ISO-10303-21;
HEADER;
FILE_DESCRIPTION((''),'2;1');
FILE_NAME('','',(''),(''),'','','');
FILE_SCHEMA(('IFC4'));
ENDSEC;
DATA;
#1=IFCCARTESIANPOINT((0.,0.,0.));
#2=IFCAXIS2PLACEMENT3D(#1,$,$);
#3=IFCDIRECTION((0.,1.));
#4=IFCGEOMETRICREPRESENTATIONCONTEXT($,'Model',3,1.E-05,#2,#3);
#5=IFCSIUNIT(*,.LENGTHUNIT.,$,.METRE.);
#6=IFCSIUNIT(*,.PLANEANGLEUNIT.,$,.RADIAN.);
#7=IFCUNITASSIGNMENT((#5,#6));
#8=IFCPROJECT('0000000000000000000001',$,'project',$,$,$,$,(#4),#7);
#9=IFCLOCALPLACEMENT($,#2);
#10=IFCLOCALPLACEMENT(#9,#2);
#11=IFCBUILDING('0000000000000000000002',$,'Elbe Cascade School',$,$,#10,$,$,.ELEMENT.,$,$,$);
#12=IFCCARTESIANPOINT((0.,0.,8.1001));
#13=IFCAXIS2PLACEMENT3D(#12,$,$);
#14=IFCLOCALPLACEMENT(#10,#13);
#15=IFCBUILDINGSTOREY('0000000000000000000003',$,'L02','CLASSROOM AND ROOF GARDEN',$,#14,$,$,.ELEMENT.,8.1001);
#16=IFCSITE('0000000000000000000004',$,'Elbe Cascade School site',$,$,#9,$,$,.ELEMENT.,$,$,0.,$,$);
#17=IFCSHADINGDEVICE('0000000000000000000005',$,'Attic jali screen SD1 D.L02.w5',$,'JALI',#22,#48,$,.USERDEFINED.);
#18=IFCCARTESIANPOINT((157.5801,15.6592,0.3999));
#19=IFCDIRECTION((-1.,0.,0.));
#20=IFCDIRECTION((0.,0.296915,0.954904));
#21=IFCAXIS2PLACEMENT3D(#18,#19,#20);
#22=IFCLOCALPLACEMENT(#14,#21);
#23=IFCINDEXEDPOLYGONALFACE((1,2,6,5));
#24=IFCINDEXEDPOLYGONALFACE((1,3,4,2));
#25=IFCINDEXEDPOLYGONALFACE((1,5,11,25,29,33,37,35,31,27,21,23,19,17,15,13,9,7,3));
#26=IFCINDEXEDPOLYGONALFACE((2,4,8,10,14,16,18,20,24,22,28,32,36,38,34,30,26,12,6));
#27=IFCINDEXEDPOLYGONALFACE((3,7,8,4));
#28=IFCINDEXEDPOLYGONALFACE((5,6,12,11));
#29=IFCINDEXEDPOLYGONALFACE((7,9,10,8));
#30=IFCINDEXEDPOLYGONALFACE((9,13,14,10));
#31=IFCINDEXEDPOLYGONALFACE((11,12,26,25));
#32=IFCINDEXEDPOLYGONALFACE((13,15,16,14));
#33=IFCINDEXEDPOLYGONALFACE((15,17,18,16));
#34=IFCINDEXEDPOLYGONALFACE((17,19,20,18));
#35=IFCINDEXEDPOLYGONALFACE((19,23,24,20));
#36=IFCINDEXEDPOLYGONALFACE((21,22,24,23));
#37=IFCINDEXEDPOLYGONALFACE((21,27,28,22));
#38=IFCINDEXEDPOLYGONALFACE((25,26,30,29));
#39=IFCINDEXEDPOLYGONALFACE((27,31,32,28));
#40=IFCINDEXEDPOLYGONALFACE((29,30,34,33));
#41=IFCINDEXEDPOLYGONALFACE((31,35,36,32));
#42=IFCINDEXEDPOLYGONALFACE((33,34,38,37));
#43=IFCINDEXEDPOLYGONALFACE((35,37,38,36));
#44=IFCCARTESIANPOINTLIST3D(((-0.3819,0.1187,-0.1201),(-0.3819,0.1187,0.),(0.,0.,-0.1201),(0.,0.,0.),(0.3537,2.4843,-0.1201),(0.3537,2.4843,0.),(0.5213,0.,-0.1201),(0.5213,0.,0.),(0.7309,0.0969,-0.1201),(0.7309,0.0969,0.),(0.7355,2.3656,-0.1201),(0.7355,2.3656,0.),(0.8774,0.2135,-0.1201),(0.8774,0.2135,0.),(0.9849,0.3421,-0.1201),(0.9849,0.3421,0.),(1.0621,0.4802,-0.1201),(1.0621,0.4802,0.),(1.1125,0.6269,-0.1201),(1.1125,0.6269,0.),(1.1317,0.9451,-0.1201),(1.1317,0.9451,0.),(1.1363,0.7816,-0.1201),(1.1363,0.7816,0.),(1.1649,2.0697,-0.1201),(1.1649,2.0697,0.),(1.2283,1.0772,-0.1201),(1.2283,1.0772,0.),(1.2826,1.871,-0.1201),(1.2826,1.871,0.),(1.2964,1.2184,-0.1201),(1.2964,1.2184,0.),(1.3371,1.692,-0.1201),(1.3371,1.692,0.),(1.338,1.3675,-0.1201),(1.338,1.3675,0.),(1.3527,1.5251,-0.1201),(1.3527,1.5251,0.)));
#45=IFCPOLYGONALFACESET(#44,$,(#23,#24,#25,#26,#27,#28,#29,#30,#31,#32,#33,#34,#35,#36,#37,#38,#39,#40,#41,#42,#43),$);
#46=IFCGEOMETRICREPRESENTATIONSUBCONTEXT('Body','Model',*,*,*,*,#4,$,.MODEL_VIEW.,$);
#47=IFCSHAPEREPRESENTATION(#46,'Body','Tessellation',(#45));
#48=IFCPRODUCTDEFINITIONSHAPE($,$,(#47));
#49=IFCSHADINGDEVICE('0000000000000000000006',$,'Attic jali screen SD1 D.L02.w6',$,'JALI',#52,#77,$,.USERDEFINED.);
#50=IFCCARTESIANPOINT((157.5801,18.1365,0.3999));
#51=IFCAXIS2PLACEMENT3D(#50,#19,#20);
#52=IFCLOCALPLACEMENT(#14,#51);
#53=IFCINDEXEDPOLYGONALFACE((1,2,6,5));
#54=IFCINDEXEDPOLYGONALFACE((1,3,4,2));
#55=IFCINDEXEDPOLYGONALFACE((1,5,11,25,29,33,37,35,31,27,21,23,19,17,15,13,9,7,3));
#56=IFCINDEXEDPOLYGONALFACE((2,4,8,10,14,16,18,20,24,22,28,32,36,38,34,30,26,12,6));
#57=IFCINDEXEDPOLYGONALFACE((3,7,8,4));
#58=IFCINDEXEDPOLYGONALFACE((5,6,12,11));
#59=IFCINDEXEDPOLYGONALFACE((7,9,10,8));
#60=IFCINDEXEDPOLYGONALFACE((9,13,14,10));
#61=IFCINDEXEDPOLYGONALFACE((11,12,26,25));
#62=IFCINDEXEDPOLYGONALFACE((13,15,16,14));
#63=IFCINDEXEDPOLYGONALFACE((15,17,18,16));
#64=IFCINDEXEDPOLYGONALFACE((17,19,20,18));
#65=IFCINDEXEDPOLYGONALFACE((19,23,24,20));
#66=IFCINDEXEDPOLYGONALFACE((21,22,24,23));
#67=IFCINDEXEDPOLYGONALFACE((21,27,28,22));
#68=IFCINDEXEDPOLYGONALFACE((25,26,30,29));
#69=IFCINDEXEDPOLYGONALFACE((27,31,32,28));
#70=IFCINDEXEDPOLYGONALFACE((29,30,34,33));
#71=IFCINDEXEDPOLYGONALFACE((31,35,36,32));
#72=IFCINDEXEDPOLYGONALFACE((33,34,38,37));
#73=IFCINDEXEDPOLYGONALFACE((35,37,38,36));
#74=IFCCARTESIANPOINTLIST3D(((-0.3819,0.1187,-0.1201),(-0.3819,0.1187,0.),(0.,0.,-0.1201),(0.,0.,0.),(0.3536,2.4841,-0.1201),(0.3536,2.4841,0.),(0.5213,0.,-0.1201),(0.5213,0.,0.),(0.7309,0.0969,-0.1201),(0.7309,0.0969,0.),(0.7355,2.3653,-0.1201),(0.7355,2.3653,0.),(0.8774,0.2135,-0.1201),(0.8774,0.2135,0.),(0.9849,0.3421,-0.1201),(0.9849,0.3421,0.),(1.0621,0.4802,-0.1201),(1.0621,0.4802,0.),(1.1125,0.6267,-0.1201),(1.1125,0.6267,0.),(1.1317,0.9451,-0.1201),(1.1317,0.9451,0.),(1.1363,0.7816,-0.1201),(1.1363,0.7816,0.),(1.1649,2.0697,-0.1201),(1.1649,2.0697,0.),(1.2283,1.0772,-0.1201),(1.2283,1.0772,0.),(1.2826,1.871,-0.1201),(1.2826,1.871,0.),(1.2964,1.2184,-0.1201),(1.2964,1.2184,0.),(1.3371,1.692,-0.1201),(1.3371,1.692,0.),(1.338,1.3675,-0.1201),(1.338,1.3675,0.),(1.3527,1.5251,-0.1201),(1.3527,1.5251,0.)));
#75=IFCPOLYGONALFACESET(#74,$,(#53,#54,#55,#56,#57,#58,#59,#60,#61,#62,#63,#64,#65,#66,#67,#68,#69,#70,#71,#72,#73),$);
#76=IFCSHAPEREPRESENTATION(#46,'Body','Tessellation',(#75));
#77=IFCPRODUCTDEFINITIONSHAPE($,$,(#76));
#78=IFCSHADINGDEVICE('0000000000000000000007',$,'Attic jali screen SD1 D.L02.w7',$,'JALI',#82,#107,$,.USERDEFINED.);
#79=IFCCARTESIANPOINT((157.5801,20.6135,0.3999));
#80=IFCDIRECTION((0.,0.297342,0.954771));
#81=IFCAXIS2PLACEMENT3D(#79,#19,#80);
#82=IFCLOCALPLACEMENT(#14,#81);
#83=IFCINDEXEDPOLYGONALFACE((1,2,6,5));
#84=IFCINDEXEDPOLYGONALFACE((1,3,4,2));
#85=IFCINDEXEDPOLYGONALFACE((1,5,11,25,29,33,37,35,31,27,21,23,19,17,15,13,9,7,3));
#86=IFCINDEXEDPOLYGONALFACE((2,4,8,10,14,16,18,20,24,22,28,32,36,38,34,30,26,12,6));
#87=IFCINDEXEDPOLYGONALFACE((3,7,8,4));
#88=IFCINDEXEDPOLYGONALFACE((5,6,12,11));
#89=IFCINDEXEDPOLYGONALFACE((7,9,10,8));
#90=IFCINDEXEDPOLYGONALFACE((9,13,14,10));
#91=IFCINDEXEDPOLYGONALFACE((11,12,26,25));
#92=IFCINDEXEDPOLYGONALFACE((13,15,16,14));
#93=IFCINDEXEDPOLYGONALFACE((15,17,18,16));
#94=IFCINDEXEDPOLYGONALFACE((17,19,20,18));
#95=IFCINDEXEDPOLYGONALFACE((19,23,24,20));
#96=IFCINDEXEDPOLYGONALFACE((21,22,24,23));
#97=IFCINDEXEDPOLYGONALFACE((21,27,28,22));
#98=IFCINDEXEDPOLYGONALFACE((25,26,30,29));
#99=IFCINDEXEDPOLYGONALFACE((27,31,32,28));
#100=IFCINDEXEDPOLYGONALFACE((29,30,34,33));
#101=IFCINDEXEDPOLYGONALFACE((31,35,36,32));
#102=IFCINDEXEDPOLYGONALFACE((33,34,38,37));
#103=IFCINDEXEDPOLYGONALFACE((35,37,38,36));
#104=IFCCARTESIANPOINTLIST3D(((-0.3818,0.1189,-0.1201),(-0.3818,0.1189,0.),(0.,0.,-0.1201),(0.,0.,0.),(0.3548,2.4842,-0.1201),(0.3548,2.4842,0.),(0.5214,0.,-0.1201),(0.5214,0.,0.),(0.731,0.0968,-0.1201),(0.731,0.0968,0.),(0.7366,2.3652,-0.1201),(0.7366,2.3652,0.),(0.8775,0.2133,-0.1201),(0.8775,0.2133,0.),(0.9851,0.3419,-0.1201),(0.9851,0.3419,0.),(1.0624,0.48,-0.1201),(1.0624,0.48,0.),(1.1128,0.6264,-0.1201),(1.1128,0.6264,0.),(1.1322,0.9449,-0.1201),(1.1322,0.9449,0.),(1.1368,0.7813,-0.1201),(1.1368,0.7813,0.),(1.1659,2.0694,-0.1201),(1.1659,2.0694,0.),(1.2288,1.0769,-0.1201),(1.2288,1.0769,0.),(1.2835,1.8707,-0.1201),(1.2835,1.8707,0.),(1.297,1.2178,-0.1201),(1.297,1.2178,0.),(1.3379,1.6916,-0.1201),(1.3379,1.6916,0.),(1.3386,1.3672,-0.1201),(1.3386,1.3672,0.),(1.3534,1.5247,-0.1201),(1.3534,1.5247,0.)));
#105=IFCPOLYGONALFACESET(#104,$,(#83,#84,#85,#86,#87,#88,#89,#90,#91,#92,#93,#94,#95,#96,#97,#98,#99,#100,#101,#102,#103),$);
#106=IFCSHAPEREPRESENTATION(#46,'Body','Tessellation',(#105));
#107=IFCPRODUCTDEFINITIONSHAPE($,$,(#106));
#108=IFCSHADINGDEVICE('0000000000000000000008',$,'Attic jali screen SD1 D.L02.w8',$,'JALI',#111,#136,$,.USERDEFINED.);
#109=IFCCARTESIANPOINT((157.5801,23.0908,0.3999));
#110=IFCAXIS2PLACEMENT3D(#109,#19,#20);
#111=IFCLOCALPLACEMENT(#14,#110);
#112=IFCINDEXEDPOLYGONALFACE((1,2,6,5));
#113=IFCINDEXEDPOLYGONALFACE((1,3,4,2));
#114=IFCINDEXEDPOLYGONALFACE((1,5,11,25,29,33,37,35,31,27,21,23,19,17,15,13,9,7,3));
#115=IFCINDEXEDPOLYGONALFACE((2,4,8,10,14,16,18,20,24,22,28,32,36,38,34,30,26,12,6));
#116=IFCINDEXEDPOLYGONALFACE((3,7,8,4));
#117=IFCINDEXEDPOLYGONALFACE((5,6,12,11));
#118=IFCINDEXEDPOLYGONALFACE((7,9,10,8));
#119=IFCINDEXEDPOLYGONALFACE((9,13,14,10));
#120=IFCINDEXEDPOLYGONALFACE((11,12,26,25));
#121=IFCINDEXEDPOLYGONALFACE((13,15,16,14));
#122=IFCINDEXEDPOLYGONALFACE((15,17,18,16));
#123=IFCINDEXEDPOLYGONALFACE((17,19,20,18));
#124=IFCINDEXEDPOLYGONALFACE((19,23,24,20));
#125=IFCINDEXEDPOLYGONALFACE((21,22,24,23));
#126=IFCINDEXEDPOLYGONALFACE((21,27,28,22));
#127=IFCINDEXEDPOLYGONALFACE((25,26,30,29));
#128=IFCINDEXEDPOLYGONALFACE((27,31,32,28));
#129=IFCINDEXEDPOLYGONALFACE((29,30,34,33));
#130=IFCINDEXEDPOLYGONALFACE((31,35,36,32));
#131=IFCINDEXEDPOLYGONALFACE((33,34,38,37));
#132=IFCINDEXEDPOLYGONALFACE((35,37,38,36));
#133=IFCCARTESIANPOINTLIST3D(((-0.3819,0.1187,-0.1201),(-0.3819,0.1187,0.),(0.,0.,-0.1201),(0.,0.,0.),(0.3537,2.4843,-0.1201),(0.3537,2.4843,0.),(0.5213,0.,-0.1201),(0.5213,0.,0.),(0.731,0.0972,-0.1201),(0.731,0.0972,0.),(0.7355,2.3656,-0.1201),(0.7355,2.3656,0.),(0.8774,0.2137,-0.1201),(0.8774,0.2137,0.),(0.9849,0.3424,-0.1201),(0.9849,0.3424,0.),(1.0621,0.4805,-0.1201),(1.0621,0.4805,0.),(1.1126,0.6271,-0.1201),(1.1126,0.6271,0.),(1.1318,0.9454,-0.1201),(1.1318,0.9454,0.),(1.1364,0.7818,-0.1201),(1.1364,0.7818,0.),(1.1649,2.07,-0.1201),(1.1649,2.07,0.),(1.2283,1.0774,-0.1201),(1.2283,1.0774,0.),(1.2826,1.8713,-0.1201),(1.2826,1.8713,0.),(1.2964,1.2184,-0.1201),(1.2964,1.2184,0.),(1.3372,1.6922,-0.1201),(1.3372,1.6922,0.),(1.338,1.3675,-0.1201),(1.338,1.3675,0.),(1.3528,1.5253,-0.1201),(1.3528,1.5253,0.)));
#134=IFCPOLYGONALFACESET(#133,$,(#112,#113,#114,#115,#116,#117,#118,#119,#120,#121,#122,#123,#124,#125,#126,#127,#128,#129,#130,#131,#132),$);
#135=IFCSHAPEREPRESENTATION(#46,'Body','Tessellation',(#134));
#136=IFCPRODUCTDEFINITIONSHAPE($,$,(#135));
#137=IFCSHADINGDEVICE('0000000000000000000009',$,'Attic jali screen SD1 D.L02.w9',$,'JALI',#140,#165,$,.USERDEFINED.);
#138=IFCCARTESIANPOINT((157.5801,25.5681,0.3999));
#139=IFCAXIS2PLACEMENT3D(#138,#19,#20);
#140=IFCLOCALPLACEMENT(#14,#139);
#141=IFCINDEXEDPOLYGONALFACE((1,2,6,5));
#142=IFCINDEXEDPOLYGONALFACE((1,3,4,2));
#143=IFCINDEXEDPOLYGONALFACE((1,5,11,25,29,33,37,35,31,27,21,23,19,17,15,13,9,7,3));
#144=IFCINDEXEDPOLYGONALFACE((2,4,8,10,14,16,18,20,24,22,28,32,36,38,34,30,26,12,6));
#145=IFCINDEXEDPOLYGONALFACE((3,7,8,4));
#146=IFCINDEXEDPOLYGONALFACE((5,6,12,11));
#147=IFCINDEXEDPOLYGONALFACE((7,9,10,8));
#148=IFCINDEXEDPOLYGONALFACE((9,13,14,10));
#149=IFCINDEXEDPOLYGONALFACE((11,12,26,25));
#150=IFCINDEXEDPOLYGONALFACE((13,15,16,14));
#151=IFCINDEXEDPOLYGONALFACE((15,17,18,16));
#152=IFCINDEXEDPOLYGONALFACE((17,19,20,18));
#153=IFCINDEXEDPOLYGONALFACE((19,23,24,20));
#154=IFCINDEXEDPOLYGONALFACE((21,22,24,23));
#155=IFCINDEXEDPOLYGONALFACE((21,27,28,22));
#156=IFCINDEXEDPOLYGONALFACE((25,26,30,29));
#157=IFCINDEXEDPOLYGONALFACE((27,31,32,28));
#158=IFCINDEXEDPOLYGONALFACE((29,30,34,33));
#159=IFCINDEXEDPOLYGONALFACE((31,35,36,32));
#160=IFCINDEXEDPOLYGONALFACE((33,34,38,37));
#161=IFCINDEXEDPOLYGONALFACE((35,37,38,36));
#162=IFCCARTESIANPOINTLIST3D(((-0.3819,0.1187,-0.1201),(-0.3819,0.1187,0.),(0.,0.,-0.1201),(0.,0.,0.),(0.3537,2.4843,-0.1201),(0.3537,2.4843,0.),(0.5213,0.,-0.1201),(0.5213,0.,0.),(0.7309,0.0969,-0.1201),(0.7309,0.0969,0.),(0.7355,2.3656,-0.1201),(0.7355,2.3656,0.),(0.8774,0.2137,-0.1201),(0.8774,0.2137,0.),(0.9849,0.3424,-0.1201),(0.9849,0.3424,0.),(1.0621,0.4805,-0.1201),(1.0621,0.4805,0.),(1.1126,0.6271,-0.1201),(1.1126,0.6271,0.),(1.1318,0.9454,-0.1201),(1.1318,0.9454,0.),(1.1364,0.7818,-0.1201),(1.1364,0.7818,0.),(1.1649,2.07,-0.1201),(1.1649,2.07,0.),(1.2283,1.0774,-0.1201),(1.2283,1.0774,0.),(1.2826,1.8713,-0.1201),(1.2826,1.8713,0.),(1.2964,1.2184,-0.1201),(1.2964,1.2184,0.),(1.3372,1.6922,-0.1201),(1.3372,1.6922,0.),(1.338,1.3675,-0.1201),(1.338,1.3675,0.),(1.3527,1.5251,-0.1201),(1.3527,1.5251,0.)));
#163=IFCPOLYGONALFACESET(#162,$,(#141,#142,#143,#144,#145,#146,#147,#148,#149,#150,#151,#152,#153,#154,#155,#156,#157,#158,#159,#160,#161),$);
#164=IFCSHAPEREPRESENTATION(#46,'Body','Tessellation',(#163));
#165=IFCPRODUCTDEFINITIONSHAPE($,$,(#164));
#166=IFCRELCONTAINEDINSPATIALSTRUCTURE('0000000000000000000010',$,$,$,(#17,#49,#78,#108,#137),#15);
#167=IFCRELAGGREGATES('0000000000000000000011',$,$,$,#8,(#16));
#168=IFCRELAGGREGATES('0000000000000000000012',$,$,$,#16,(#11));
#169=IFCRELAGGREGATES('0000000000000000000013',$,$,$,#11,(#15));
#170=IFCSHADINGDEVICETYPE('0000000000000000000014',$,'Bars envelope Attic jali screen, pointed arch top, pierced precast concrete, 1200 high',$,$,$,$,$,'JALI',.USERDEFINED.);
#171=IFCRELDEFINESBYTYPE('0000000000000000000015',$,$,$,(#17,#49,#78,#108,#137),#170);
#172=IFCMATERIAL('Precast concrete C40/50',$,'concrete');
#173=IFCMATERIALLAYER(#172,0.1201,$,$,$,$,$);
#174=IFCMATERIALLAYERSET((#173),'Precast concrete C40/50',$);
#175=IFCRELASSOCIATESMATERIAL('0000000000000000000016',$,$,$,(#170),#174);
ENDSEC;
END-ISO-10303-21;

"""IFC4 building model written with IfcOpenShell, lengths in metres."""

from ifc_helpers import new_model, si_unit, direction, frame, origin, place, context, subcontext, project, spatial, polyline, outline, extrude, material, layer, layer_set, type_object, element, save


model = new_model("IFC4")

# Units and contexts
model_context = context("Model", 3, precision=1e-05, world=origin(), true_north=direction((0.0, 1.0)))
body_context = subcontext(model_context, "Body", "Model", "MODEL_VIEW")
ifc_project = project(units=[si_unit("LENGTHUNIT", "METRE"), si_unit("PLANEANGLEUNIT", "RADIAN")], contexts=[model_context])

# Site, building, storey
site_placement = place(None, origin())
site = spatial("IfcSite", under=ifc_project, at=site_placement, Name="Elbe Cascade School site", CompositionType="ELEMENT", RefElevation=0.0)
building_placement = place(site_placement, origin())
building = spatial("IfcBuilding", under=site, at=building_placement, Name="Elbe Cascade School", CompositionType="ELEMENT")
storey_placement = place(building_placement, frame((0.0, 0.0, 8.1001)))
storey = spatial("IfcBuildingStorey", under=building, at=storey_placement, Name="L02", Description="CLASSROOM AND ROOF GARDEN", CompositionType="ELEMENT", Elevation=8.1001)

# Shading devices
ifc_material_1 = material(Name="Precast concrete C40/50", Category="concrete")
ifc_layer_1 = layer(ifc_material_1, 0.1201)
ifc_layer_set_1 = layer_set([ifc_layer_1], Name="Precast concrete C40/50")
shading_device_type = type_object("IfcShadingDeviceType", Name="Bars envelope Attic jali screen, pointed arch top, pierced precast concrete, 1200 high", ElementType="JALI", PredefinedType="USERDEFINED", material=ifc_layer_set_1)
shading_device_1_placement = place(storey_placement, frame((157.5801, 15.6592, 0.3999), z_axis=(-1.0, 0.0, 0.0), x_axis=(0.0, 0.296915, 0.954904)))
element("IfcShadingDevice", 1, at=shading_device_1_placement, inside=storey, type_object=shading_device_type, Name="Attic jali screen SD1 D.L02.w5", ObjectType="JALI", PredefinedType="USERDEFINED", context=body_context, shape_type="SweptSolid", body=[
    extrude(outline(polyline([(0.0, 0.0), (0.5213, 0.0), (0.7309, 0.0969), (0.8774, 0.2135), (0.9849, 0.3421), (1.0621, 0.4802), (1.1125, 0.6269), (1.1363, 0.7816), (1.1317, 0.9451), (1.2283, 1.0772), (1.2964, 1.2184), (1.338, 1.3675), (1.3527, 1.5251), (1.3371, 1.692), (1.2826, 1.871), (1.1649, 2.0697), (0.7355, 2.3656), (0.3537, 2.4843), (-0.3819, 0.1187), (0.0, 0.0)])), origin(), (0.0, 0.0, -1.0), 0.1201),
])
shading_device_2_placement = place(storey_placement, frame((157.5801, 18.1365, 0.3999), z_axis=(-1.0, 0.0, 0.0), x_axis=(0.0, 0.296915, 0.954904)))
element("IfcShadingDevice", 2, at=shading_device_2_placement, inside=storey, type_object=shading_device_type, Name="Attic jali screen SD1 D.L02.w6", ObjectType="JALI", PredefinedType="USERDEFINED", context=body_context, shape_type="SweptSolid", body=[
    extrude(outline(polyline([(0.0, 0.0), (0.5213, 0.0), (0.7309, 0.0969), (0.8774, 0.2135), (0.9849, 0.3421), (1.0621, 0.4802), (1.1125, 0.6267), (1.1363, 0.7816), (1.1317, 0.9451), (1.2283, 1.0772), (1.2964, 1.2184), (1.338, 1.3675), (1.3527, 1.5251), (1.3371, 1.692), (1.2826, 1.871), (1.1649, 2.0697), (0.7355, 2.3653), (0.3536, 2.4841), (-0.3819, 0.1187), (0.0, 0.0)])), origin(), (0.0, 0.0, -1.0), 0.1201),
])
shading_device_3_placement = place(storey_placement, frame((157.5801, 20.6135, 0.3999), z_axis=(-1.0, 0.0, 0.0), x_axis=(0.0, 0.297342, 0.954771)))
element("IfcShadingDevice", 3, at=shading_device_3_placement, inside=storey, type_object=shading_device_type, Name="Attic jali screen SD1 D.L02.w7", ObjectType="JALI", PredefinedType="USERDEFINED", context=body_context, shape_type="SweptSolid", body=[
    extrude(outline(polyline([(0.0, 0.0), (0.5214, 0.0), (0.731, 0.0968), (0.8775, 0.2133), (0.9851, 0.3419), (1.0624, 0.48), (1.1128, 0.6264), (1.1368, 0.7813), (1.1322, 0.9449), (1.2288, 1.0769), (1.297, 1.2178), (1.3386, 1.3672), (1.3534, 1.5247), (1.3379, 1.6916), (1.2835, 1.8707), (1.1659, 2.0694), (0.7366, 2.3652), (0.3548, 2.4842), (-0.3818, 0.1189), (0.0, 0.0)])), origin(), (0.0, 0.0, -1.0), 0.1201),
])
shading_device_4_placement = place(storey_placement, frame((157.5801, 23.0908, 0.3999), z_axis=(-1.0, 0.0, 0.0), x_axis=(0.0, 0.296915, 0.954904)))
element("IfcShadingDevice", 4, at=shading_device_4_placement, inside=storey, type_object=shading_device_type, Name="Attic jali screen SD1 D.L02.w8", ObjectType="JALI", PredefinedType="USERDEFINED", context=body_context, shape_type="SweptSolid", body=[
    extrude(outline(polyline([(0.0, 0.0), (0.5213, 0.0), (0.731, 0.0972), (0.8774, 0.2137), (0.9849, 0.3424), (1.0621, 0.4805), (1.1126, 0.6271), (1.1364, 0.7818), (1.1318, 0.9454), (1.2283, 1.0774), (1.2964, 1.2184), (1.338, 1.3675), (1.3528, 1.5253), (1.3372, 1.6922), (1.2826, 1.8713), (1.1649, 2.07), (0.7355, 2.3656), (0.3537, 2.4843), (-0.3819, 0.1187), (0.0, 0.0)])), origin(), (0.0, 0.0, -1.0), 0.1201),
])
shading_device_5_placement = place(storey_placement, frame((157.5801, 25.5681, 0.3999), z_axis=(-1.0, 0.0, 0.0), x_axis=(0.0, 0.296915, 0.954904)))
element("IfcShadingDevice", 5, at=shading_device_5_placement, inside=storey, type_object=shading_device_type, Name="Attic jali screen SD1 D.L02.w9", ObjectType="JALI", PredefinedType="USERDEFINED", context=body_context, shape_type="SweptSolid", body=[
    extrude(outline(polyline([(0.0, 0.0), (0.5213, 0.0), (0.7309, 0.0969), (0.8774, 0.2137), (0.9849, 0.3424), (1.0621, 0.4805), (1.1126, 0.6271), (1.1364, 0.7818), (1.1318, 0.9454), (1.2283, 1.0774), (1.2964, 1.2184), (1.338, 1.3675), (1.3527, 1.5251), (1.3372, 1.6922), (1.2826, 1.8713), (1.1649, 2.07), (0.7355, 2.3656), (0.3537, 2.4843), (-0.3819, 0.1187), (0.0, 0.0)])), origin(), (0.0, 0.0, -1.0), 0.1201),
])

save(model, "model.ifc")
